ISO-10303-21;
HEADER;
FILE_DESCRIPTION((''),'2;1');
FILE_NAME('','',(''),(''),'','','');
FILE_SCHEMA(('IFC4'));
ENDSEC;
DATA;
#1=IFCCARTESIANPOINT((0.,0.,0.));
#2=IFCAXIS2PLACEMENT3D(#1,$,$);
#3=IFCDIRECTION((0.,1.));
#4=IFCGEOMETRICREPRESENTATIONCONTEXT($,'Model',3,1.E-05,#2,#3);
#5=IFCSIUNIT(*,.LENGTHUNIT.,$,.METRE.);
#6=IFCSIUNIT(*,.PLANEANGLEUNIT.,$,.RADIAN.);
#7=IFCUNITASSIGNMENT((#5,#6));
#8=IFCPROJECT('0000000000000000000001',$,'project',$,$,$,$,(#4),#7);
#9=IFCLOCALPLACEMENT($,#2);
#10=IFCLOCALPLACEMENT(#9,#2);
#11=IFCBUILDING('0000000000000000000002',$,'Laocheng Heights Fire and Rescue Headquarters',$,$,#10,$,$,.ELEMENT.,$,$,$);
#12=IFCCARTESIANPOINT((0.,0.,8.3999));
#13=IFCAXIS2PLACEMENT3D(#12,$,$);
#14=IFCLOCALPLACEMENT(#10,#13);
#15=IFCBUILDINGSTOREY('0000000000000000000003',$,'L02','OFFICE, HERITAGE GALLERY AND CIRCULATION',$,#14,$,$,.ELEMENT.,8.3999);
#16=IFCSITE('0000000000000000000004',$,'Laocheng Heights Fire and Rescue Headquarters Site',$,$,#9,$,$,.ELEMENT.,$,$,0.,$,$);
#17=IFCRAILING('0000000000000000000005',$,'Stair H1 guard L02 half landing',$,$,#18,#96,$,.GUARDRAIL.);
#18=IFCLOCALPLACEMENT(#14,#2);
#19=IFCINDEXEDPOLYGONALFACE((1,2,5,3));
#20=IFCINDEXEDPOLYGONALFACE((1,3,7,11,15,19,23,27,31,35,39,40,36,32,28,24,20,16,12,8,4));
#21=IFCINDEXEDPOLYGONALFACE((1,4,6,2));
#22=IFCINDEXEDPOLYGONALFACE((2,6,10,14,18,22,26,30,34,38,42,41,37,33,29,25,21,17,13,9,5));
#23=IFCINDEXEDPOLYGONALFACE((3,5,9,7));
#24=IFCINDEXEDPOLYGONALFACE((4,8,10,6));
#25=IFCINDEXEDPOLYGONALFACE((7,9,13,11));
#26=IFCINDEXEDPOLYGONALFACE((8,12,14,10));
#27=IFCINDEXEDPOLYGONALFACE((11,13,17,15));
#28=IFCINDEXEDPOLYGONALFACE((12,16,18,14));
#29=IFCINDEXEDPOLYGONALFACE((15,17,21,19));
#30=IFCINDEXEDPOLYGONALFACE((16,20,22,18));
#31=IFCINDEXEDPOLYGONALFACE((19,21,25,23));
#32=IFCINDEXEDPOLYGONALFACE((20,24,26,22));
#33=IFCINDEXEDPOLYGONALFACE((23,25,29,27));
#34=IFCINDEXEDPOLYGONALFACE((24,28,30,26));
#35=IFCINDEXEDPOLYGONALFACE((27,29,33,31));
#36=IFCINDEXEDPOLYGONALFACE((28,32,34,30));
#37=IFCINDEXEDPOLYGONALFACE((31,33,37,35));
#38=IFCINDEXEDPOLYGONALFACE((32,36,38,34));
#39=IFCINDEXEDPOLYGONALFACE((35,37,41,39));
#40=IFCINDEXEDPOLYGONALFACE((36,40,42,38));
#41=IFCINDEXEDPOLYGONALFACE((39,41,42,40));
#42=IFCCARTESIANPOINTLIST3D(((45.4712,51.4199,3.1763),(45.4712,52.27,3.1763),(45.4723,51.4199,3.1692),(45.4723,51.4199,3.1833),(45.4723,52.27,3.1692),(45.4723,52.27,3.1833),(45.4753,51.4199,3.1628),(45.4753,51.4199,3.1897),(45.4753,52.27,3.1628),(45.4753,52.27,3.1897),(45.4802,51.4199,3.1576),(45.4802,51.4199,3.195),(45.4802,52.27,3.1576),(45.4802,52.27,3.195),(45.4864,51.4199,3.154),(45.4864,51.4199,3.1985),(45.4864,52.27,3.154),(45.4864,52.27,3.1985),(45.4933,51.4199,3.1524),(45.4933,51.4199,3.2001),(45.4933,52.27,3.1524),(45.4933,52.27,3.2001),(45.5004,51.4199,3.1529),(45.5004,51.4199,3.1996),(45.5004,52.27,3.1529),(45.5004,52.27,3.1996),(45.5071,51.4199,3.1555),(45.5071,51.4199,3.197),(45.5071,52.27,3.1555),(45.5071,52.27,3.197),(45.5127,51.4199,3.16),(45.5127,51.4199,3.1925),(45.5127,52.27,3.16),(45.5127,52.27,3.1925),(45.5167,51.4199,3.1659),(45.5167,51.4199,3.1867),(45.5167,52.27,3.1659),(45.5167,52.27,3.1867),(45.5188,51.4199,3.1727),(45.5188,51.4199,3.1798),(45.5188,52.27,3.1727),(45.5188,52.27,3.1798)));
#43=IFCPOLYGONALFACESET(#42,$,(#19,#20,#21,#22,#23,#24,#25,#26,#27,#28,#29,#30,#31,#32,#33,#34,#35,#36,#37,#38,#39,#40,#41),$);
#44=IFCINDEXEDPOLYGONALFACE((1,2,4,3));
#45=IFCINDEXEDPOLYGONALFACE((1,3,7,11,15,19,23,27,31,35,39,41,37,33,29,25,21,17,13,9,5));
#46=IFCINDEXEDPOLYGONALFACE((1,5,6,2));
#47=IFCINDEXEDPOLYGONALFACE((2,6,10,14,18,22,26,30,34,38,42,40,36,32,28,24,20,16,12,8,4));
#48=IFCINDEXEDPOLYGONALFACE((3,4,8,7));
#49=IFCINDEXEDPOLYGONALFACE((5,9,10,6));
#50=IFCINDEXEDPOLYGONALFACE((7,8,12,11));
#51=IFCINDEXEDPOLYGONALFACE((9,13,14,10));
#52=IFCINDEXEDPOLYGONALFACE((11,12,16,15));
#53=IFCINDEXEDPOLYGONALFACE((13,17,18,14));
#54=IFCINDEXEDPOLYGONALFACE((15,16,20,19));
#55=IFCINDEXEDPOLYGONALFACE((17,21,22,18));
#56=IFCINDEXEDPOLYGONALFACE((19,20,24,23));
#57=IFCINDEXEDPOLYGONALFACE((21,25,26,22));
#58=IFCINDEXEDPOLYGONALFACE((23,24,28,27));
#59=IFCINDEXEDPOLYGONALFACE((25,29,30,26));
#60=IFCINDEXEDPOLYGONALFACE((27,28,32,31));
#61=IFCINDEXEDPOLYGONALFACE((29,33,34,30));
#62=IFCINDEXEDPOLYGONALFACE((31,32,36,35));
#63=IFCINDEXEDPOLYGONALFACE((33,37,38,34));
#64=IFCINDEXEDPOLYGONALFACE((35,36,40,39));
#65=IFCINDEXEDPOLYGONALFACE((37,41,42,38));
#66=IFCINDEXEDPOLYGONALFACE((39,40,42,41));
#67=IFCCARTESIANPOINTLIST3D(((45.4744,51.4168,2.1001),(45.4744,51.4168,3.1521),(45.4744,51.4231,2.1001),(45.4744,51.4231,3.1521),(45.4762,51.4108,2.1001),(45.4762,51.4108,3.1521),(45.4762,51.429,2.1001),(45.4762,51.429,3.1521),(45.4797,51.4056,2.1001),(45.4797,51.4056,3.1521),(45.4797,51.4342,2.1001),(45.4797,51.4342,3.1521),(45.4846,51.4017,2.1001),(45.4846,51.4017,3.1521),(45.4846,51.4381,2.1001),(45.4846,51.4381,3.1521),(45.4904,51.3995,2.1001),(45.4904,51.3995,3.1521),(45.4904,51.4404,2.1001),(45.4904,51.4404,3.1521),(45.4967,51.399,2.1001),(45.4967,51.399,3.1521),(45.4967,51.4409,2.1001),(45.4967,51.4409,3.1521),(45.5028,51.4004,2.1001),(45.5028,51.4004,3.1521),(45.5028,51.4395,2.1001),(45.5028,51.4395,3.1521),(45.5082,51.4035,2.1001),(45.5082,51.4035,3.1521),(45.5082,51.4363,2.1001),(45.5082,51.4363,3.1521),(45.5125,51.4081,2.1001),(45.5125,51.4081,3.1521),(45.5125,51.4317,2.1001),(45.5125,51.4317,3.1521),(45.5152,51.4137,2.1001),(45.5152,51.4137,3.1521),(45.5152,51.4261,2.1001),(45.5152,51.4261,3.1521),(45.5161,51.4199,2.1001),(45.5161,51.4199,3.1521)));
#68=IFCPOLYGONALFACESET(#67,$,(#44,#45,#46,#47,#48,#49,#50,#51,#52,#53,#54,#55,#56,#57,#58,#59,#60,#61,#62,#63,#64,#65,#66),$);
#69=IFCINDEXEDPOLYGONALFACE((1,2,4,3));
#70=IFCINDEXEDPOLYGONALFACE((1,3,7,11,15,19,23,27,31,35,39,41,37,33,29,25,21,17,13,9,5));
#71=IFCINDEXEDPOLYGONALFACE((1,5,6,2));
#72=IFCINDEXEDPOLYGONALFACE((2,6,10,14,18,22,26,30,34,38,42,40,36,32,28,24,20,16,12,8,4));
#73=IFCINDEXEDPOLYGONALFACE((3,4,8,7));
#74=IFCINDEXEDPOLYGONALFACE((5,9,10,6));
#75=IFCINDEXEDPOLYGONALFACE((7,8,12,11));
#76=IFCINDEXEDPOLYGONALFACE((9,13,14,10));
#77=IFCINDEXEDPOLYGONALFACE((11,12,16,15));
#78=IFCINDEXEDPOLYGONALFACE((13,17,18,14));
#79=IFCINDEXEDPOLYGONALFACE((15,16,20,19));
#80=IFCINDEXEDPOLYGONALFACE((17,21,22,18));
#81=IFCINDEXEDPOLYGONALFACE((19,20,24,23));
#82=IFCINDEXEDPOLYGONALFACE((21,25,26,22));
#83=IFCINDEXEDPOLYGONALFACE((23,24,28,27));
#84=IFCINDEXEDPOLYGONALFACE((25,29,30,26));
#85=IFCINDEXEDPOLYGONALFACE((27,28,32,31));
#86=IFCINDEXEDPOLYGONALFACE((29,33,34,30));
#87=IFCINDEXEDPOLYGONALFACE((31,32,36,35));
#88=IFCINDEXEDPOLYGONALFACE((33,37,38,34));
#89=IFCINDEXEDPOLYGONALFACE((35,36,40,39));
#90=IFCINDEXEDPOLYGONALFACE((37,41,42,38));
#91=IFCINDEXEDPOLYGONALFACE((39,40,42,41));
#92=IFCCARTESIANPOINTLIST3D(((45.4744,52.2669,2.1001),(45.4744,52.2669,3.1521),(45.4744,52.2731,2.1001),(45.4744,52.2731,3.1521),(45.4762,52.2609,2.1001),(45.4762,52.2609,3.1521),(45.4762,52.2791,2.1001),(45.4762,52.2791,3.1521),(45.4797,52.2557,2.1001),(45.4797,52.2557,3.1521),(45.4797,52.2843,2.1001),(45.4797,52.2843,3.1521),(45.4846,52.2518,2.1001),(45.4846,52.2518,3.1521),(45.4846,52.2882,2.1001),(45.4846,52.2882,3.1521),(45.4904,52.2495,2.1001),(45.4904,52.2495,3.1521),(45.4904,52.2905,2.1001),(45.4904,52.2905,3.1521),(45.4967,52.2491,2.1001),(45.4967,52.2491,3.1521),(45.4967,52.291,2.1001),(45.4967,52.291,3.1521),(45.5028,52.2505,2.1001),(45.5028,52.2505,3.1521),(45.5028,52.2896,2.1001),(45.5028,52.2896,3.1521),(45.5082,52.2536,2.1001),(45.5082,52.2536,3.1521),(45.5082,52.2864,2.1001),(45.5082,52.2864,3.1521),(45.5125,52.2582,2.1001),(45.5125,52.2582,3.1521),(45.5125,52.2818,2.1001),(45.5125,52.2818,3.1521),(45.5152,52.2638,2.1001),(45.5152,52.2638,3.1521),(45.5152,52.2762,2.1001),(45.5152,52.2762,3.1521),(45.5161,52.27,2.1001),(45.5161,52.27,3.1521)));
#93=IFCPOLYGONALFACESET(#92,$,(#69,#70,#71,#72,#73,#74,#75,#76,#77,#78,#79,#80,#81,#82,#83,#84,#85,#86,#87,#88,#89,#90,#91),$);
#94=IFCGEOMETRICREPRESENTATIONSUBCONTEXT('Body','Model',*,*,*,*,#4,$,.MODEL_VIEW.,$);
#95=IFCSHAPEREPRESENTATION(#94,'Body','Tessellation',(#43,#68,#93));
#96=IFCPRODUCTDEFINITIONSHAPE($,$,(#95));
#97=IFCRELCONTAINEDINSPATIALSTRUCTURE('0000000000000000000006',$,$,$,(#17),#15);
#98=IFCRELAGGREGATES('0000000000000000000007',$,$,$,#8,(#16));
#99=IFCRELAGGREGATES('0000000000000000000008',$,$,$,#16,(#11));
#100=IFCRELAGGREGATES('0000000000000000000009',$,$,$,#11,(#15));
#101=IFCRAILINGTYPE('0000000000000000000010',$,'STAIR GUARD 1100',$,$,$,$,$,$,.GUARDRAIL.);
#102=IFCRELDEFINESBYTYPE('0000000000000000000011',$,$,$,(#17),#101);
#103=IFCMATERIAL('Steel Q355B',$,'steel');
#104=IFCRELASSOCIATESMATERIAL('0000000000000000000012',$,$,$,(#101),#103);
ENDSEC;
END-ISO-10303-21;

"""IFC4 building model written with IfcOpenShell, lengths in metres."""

from ifc_helpers import new_model, si_unit, direction, frame, origin, origin_2d, place, context, subcontext, project, spatial, circle, extrude, material, type_object, element, save


model = new_model("IFC4")

# Units and contexts
model_context = context("Model", 3, precision=1e-05, world=origin(), true_north=direction((0.0, 1.0)))
body_context = subcontext(model_context, "Body", "Model", "MODEL_VIEW")
ifc_project = project(units=[si_unit("LENGTHUNIT", "METRE"), si_unit("PLANEANGLEUNIT", "RADIAN")], contexts=[model_context])

# Site, building, storey
site_placement = place(None, origin())
site = spatial("IfcSite", under=ifc_project, at=site_placement, Name="Laocheng Heights Fire and Rescue Headquarters Site", CompositionType="ELEMENT", RefElevation=0.0)
building_placement = place(site_placement, origin())
building = spatial("IfcBuilding", under=site, at=building_placement, Name="Laocheng Heights Fire and Rescue Headquarters", CompositionType="ELEMENT")
storey_placement = place(building_placement, frame((0.0, 0.0, 8.3999)))
storey = spatial("IfcBuildingStorey", under=building, at=storey_placement, Name="L02", Description="OFFICE, HERITAGE GALLERY AND CIRCULATION", CompositionType="ELEMENT", Elevation=8.3999)

# Railing
ifc_material_1 = material(Name="Steel Q355B", Category="steel")
railing_type_1 = type_object("IfcRailingType", Name="STAIR GUARD 1100", PredefinedType="GUARDRAIL", material=ifc_material_1)
railing_1_placement = place(storey_placement, frame((45.4951, 51.4199, 2.1001)))
element("IfcRailing", 1, at=railing_1_placement, inside=storey, type_object=railing_type_1, Name="Stair H1 guard L02 half landing", PredefinedType="GUARDRAIL", context=body_context, shape_type="SweptSolid", body=[
    extrude(circle(Radius=0.0239, at=origin_2d()), frame((0.0, 0.0, 1.0762), z_axis=(0.0, 1.0, 0.0), x_axis=(-1.0, 0.0, 0.0)), (0.0, 0.0, 1.0), 0.8501),
    extrude(circle(Radius=0.021, at=origin_2d()), origin(), (0.0, 0.0, 1.0), 1.052),
    extrude(circle(Radius=0.021, at=origin_2d()), frame((0.0, 0.8501, 0.0)), (0.0, 0.0, 1.0), 1.052),
])

save(model, "model.ifc")
